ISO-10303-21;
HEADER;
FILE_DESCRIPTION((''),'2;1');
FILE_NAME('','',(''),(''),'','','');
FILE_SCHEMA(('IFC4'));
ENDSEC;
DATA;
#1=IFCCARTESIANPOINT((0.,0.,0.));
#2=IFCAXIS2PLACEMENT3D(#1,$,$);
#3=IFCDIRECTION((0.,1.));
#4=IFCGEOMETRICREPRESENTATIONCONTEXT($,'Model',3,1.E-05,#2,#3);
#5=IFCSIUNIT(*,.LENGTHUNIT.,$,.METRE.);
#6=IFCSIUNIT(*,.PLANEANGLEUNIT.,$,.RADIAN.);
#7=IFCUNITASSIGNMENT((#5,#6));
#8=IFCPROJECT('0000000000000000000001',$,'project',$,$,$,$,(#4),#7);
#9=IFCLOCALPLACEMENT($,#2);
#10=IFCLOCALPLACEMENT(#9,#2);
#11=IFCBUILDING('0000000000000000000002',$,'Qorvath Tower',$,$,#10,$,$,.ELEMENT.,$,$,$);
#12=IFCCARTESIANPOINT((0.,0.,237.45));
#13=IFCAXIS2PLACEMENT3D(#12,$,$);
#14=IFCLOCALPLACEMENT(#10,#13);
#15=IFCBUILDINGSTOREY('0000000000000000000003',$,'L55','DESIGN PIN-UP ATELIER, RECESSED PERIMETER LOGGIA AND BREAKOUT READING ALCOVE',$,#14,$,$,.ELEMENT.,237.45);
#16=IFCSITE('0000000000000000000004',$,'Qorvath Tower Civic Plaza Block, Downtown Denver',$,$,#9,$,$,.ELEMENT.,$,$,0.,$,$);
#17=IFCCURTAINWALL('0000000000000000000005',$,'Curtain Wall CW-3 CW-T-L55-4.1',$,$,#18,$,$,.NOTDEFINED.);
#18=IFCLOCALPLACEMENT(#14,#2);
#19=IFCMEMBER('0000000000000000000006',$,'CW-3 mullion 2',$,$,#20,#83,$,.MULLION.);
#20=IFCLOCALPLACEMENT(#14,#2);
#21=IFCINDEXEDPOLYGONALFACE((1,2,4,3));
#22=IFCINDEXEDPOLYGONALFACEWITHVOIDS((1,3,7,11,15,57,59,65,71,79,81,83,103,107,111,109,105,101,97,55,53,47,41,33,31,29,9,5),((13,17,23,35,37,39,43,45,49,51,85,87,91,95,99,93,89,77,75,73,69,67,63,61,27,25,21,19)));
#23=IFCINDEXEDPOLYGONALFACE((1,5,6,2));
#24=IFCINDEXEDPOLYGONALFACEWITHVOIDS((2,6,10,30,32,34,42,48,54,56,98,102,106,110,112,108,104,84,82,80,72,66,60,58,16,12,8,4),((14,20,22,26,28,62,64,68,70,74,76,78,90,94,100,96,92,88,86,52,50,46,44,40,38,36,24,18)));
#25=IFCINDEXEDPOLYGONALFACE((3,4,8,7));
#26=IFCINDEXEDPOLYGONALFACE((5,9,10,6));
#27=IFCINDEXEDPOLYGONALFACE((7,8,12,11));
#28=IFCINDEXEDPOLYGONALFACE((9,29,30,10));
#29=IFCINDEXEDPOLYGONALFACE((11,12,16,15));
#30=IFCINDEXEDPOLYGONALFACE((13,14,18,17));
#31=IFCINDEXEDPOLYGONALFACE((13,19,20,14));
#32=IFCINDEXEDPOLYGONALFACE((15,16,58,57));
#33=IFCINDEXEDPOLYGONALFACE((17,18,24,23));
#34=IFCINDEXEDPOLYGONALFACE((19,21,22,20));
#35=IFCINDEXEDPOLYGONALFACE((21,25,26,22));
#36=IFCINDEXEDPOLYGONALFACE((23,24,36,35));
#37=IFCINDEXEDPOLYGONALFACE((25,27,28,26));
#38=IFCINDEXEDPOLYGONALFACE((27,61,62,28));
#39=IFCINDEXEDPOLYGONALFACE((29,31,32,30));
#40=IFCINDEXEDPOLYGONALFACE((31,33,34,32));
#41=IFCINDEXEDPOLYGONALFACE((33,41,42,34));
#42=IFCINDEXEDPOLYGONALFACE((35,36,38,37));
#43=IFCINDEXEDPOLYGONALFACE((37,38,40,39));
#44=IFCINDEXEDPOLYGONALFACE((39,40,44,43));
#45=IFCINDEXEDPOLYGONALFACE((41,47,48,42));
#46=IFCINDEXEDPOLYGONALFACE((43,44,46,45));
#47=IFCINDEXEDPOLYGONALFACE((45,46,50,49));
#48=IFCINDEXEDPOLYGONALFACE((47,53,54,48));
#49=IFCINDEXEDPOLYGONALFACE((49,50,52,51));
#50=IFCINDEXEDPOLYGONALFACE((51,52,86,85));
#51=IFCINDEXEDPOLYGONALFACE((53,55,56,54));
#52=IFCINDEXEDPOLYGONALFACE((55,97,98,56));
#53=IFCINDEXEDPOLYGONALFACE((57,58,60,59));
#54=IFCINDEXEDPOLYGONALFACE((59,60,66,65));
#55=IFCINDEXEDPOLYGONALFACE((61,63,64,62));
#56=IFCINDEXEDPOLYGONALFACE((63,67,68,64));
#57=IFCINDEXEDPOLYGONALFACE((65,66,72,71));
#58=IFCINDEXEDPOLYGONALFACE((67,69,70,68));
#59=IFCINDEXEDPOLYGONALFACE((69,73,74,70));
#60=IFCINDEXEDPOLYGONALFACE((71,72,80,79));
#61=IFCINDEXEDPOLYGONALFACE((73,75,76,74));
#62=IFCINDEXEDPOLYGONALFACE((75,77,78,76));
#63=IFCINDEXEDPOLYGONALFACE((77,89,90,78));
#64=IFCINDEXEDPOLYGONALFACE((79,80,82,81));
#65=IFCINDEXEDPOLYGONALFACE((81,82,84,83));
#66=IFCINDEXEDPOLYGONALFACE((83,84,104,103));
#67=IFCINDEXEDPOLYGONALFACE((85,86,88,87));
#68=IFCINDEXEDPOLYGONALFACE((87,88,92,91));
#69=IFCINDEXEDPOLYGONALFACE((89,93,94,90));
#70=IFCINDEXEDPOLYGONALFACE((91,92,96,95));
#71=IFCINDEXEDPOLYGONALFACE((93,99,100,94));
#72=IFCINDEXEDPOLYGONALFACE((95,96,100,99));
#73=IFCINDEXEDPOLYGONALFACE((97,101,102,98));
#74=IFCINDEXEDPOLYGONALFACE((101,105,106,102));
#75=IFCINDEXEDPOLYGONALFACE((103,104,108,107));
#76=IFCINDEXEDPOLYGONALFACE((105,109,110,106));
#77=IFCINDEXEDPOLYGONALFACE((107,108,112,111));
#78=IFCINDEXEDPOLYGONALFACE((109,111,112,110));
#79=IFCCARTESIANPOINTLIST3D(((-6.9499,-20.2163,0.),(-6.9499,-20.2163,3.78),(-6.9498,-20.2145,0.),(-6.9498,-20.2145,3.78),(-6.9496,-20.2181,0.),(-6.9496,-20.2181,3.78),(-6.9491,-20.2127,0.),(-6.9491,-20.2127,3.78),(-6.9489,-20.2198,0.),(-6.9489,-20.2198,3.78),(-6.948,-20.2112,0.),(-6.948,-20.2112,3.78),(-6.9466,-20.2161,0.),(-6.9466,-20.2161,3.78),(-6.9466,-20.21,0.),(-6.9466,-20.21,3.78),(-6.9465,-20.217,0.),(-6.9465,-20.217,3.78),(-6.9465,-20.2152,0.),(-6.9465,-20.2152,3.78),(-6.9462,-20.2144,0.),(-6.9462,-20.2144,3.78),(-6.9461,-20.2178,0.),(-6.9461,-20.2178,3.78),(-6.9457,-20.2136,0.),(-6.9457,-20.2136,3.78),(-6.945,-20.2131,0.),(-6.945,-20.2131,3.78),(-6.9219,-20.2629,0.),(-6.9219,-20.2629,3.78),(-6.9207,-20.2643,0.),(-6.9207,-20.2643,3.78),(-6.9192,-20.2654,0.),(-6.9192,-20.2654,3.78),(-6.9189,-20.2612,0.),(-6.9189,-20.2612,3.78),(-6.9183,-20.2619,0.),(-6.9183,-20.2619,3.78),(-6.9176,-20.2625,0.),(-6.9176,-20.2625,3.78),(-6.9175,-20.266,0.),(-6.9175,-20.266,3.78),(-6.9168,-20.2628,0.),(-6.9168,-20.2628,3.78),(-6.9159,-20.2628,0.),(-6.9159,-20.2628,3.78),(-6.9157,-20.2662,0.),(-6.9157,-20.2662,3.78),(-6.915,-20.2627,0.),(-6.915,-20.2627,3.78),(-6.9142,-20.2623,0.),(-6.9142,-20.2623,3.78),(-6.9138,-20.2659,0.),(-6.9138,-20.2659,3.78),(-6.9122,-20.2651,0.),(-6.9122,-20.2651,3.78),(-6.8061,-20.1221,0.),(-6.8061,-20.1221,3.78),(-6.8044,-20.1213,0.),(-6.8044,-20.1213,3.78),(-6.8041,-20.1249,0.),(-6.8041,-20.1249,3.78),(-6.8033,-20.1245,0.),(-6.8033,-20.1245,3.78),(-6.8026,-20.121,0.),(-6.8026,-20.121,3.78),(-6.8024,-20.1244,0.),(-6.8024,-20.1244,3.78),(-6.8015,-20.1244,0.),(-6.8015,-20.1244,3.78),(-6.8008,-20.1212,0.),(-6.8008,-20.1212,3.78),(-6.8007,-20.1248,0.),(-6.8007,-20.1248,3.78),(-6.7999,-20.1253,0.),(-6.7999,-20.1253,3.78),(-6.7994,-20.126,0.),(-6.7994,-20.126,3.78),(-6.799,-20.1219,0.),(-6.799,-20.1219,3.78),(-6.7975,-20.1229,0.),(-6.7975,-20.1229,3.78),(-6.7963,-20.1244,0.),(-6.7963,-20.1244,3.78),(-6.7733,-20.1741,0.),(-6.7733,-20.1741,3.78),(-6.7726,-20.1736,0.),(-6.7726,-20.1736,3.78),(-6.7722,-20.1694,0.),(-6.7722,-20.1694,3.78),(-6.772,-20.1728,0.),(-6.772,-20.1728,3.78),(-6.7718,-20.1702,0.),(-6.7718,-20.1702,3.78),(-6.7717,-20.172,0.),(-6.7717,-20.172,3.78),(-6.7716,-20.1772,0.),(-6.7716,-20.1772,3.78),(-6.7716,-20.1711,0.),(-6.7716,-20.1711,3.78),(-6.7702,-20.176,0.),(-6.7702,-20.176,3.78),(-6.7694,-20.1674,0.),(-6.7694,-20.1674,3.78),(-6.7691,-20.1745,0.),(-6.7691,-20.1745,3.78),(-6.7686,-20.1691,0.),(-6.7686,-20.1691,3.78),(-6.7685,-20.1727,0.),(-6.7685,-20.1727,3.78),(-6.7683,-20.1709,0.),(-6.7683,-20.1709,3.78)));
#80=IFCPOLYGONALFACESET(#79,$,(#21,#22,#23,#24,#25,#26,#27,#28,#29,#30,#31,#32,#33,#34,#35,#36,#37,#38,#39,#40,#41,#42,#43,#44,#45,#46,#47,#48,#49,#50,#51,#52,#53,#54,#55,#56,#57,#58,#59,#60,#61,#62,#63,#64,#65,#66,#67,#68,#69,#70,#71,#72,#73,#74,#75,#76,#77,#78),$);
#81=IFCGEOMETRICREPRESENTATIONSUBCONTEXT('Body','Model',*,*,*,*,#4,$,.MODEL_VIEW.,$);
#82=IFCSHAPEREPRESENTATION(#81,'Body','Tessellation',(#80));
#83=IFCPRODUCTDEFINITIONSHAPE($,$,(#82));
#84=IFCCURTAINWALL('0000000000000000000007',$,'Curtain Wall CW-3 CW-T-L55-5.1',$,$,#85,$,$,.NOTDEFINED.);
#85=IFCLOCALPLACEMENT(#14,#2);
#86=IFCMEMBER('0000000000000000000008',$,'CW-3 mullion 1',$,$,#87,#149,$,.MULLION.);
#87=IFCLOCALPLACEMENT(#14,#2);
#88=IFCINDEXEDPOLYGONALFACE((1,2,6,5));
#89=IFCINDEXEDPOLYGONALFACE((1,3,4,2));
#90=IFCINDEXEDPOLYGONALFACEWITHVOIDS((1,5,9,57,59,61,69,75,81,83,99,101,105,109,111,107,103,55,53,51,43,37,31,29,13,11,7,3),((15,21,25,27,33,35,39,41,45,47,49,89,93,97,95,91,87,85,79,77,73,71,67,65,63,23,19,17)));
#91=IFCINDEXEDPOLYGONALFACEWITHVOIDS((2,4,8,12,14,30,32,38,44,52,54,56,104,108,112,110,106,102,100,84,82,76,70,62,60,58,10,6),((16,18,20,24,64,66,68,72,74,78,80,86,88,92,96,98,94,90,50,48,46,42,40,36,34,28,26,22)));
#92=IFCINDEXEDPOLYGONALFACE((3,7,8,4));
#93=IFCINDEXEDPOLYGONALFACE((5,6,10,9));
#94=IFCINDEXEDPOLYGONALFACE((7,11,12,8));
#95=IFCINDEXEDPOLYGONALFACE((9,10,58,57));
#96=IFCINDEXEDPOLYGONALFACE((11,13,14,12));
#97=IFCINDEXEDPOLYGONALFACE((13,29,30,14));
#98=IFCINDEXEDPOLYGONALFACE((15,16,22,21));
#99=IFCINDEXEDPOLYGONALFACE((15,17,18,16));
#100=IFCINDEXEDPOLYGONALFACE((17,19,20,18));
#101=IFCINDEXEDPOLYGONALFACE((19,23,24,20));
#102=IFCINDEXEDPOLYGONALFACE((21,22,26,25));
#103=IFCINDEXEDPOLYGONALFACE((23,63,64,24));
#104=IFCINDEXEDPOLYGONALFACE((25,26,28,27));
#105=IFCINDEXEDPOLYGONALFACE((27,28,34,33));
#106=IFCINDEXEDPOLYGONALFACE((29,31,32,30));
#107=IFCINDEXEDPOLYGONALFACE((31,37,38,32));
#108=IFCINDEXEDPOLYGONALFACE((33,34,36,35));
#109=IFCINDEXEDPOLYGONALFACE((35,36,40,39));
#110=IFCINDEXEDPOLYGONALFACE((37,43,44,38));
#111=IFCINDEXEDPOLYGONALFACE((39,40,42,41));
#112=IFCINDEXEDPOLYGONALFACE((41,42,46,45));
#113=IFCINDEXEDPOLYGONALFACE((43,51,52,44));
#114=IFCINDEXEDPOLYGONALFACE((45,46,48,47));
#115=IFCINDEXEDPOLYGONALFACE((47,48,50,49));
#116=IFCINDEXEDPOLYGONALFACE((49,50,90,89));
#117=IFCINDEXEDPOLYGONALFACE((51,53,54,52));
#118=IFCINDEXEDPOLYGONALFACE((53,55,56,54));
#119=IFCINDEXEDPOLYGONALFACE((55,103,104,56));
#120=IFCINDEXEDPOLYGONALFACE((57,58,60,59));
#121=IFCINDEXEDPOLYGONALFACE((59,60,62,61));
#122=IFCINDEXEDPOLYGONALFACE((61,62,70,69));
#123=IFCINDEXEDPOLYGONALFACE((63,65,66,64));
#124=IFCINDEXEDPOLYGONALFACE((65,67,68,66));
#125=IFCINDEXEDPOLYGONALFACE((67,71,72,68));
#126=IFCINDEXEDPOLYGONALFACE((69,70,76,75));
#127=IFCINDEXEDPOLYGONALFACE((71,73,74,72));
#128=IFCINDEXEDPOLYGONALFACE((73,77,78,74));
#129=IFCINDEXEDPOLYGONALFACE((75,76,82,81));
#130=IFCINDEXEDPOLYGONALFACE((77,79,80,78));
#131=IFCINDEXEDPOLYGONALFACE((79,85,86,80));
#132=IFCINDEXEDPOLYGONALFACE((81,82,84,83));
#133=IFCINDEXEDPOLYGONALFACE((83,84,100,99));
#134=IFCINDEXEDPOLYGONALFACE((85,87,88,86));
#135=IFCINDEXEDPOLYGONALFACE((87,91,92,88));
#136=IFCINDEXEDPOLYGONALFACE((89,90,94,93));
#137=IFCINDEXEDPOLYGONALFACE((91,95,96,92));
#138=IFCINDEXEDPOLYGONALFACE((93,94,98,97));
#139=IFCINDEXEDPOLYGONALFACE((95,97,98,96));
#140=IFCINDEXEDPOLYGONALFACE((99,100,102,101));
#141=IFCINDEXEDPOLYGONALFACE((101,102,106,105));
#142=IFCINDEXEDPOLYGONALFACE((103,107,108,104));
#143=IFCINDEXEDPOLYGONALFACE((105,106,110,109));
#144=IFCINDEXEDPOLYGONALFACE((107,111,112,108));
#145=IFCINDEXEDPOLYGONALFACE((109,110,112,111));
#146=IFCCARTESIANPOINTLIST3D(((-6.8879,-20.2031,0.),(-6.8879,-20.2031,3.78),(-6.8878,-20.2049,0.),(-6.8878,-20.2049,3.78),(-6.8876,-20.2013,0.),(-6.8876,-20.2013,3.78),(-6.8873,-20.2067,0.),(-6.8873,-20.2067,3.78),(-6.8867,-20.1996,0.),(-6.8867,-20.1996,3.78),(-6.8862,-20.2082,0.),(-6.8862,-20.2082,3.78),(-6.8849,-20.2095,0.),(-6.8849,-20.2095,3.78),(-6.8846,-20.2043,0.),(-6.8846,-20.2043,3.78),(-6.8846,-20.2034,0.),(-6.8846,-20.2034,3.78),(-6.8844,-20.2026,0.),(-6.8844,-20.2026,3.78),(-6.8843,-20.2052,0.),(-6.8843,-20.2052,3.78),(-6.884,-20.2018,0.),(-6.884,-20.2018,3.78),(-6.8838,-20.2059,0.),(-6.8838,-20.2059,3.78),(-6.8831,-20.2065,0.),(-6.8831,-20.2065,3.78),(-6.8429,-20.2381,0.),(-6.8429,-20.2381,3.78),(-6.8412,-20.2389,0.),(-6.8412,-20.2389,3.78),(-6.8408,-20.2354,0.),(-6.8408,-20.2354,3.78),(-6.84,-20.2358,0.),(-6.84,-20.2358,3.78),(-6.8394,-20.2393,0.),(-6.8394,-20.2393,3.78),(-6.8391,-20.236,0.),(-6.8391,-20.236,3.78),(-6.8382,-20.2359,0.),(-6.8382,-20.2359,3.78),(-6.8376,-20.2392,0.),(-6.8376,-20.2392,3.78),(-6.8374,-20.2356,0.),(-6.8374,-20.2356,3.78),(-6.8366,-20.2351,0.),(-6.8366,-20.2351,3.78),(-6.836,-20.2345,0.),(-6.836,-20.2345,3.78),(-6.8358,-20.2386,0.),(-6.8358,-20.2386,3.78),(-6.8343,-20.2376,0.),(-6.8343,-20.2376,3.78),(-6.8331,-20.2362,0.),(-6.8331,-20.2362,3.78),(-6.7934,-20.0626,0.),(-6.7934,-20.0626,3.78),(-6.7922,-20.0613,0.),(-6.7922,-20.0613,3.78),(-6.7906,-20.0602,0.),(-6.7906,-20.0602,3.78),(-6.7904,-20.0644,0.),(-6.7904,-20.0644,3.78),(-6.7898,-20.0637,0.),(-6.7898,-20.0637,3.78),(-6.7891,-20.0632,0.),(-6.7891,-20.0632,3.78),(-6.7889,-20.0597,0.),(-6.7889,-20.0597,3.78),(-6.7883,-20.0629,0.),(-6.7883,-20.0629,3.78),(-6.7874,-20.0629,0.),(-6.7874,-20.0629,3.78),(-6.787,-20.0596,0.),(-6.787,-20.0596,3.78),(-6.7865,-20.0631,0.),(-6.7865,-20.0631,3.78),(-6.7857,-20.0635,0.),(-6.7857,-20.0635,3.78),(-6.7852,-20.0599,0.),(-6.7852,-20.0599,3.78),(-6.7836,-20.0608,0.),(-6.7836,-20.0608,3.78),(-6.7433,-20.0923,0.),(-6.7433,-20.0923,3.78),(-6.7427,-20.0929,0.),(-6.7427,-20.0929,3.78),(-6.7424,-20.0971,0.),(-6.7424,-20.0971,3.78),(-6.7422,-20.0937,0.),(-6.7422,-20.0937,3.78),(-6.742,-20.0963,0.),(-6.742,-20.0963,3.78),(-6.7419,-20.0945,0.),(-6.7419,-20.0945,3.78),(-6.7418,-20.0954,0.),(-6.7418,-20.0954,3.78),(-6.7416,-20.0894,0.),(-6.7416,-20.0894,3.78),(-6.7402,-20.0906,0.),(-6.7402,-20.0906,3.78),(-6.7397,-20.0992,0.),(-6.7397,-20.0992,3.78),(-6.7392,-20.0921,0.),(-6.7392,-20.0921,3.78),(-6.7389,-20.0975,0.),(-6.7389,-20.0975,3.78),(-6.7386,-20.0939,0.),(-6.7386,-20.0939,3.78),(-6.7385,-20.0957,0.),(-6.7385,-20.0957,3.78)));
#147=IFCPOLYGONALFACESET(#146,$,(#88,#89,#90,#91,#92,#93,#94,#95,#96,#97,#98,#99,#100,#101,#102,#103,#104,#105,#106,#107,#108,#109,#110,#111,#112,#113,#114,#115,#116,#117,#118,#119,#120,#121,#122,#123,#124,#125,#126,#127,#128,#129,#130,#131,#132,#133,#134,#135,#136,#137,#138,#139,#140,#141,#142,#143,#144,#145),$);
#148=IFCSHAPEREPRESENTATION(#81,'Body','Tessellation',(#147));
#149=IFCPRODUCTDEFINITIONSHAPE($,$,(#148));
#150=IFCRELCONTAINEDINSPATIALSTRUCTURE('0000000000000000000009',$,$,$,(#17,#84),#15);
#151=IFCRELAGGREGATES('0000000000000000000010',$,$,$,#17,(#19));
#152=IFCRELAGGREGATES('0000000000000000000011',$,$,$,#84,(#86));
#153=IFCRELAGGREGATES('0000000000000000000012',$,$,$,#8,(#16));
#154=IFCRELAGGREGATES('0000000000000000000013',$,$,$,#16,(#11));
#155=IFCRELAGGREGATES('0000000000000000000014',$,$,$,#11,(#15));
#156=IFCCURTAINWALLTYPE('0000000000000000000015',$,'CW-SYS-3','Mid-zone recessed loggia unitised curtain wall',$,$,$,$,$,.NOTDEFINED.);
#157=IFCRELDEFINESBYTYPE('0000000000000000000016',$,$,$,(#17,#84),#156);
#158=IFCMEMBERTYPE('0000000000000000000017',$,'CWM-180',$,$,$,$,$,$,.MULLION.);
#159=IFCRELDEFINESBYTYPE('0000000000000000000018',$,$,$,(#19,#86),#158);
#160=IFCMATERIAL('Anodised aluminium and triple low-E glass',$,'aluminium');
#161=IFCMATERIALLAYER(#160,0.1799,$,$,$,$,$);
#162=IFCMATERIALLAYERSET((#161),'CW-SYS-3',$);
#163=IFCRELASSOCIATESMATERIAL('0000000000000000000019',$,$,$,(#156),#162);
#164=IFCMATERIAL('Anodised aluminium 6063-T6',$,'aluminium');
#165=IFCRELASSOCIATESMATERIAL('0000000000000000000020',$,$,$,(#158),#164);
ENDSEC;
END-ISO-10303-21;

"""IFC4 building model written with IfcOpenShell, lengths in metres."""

from ifc_helpers import new_model, si_unit, direction, frame, origin, origin_2d, place, context, subcontext, project, spatial, hollow_rectangle, extrude, material, layer, layer_set, material_profile, profile_set, type_object, element, aggregate, save


model = new_model("IFC4")

# Units and contexts
model_context = context("Model", 3, precision=1e-05, world=origin(), true_north=direction((0.0, 1.0)))
body_context = subcontext(model_context, "Body", "Model", "MODEL_VIEW")
ifc_project = project(units=[si_unit("LENGTHUNIT", "METRE"), si_unit("PLANEANGLEUNIT", "RADIAN")], contexts=[model_context])

# Site, building, storey
site_placement = place(None, origin())
site = spatial("IfcSite", under=ifc_project, at=site_placement, Name="Qorvath Tower Civic Plaza Block, Downtown Denver", CompositionType="ELEMENT", RefElevation=0.0)
building_placement = place(site_placement, origin())
building = spatial("IfcBuilding", under=site, at=building_placement, Name="Qorvath Tower", CompositionType="ELEMENT")
storey_placement = place(building_placement, frame((0.0, 0.0, 237.45)))
storey = spatial("IfcBuildingStorey", under=building, at=storey_placement, Name="L55", Description="DESIGN PIN-UP ATELIER, RECESSED PERIMETER LOGGIA AND BREAKOUT READING ALCOVE", CompositionType="ELEMENT", Elevation=237.45)

# Shared definitions
ifc_material_1 = material(Name="Anodised aluminium and triple low-E glass", Category="aluminium")
ifc_layer_1 = layer(ifc_material_1, 0.1799)
ifc_layer_set_1 = layer_set([ifc_layer_1], Name="CW-SYS-3")
curtain_wall_type = type_object("IfcCurtainWallType", Name="CW-SYS-3", Description="Mid-zone recessed loggia unitised curtain wall", PredefinedType="NOTDEFINED", material=ifc_layer_set_1)
ifc_material_2 = material(Name="Anodised aluminium 6063-T6", Category="aluminium")
ifc_material_profile_1 = material_profile(ifc_material_2, hollow_rectangle(XDim=0.0649, YDim=0.1799, WallThickness=0.0034, InnerFilletRadius=0.0034, OuterFilletRadius=0.0071, at=origin_2d()), Name="CWM 180x65")
ifc_profile_set_1 = profile_set([ifc_material_profile_1], Name="Anodised aluminium 6063-T6")
member_type_1 = type_object("IfcMemberType", Name="CWM-180", PredefinedType="MULLION", material=ifc_profile_set_1)

# Curtain walls, members
curtain_wall_1_placement = place(storey_placement, origin())
curtain_wall_1 = element("IfcCurtainWall", 1, at=curtain_wall_1_placement, inside=storey, type_object=curtain_wall_type, Name="Curtain Wall CW-3 CW-T-L55-4.1", PredefinedType="NOTDEFINED")
member_1_placement = place(storey_placement, frame((-6.8591, -20.1936, 0.0), z_axis=(0.0, 0.0, 1.0), x_axis=(-0.530497, 0.847687, 0.0)))
member_1 = element("IfcMember", 2, at=member_1_placement, type_object=member_type_1, Name="CW-3 mullion 2", PredefinedType="MULLION", context=body_context, shape_type="SweptSolid", body=[
    extrude(hollow_rectangle(XDim=0.0649, YDim=0.1799, WallThickness=0.0034, InnerFilletRadius=0.0034, OuterFilletRadius=0.0071, at=origin_2d()), origin(), (0.0, 0.0, 1.0), 3.78),
])
curtain_wall_2_placement = place(storey_placement, origin())
curtain_wall_2 = element("IfcCurtainWall", 3, at=curtain_wall_2_placement, inside=storey, type_object=curtain_wall_type, Name="Curtain Wall CW-3 CW-T-L55-5.1", PredefinedType="NOTDEFINED")
member_2_placement = place(storey_placement, frame((-6.8132, -20.1494, 0.0), z_axis=(0.0, 0.0, 1.0), x_axis=(-0.826474, 0.562975, 0.0)))
member_2 = element("IfcMember", 4, at=member_2_placement, type_object=member_type_1, Name="CW-3 mullion 1", PredefinedType="MULLION", context=body_context, shape_type="SweptSolid", body=[
    extrude(hollow_rectangle(XDim=0.0649, YDim=0.1799, WallThickness=0.0034, InnerFilletRadius=0.0034, OuterFilletRadius=0.0071, at=origin_2d()), origin(), (0.0, 0.0, 1.0), 3.78),
])

aggregate(curtain_wall_1, [member_1])
aggregate(curtain_wall_2, [member_2])

save(model, "model.ifc")
